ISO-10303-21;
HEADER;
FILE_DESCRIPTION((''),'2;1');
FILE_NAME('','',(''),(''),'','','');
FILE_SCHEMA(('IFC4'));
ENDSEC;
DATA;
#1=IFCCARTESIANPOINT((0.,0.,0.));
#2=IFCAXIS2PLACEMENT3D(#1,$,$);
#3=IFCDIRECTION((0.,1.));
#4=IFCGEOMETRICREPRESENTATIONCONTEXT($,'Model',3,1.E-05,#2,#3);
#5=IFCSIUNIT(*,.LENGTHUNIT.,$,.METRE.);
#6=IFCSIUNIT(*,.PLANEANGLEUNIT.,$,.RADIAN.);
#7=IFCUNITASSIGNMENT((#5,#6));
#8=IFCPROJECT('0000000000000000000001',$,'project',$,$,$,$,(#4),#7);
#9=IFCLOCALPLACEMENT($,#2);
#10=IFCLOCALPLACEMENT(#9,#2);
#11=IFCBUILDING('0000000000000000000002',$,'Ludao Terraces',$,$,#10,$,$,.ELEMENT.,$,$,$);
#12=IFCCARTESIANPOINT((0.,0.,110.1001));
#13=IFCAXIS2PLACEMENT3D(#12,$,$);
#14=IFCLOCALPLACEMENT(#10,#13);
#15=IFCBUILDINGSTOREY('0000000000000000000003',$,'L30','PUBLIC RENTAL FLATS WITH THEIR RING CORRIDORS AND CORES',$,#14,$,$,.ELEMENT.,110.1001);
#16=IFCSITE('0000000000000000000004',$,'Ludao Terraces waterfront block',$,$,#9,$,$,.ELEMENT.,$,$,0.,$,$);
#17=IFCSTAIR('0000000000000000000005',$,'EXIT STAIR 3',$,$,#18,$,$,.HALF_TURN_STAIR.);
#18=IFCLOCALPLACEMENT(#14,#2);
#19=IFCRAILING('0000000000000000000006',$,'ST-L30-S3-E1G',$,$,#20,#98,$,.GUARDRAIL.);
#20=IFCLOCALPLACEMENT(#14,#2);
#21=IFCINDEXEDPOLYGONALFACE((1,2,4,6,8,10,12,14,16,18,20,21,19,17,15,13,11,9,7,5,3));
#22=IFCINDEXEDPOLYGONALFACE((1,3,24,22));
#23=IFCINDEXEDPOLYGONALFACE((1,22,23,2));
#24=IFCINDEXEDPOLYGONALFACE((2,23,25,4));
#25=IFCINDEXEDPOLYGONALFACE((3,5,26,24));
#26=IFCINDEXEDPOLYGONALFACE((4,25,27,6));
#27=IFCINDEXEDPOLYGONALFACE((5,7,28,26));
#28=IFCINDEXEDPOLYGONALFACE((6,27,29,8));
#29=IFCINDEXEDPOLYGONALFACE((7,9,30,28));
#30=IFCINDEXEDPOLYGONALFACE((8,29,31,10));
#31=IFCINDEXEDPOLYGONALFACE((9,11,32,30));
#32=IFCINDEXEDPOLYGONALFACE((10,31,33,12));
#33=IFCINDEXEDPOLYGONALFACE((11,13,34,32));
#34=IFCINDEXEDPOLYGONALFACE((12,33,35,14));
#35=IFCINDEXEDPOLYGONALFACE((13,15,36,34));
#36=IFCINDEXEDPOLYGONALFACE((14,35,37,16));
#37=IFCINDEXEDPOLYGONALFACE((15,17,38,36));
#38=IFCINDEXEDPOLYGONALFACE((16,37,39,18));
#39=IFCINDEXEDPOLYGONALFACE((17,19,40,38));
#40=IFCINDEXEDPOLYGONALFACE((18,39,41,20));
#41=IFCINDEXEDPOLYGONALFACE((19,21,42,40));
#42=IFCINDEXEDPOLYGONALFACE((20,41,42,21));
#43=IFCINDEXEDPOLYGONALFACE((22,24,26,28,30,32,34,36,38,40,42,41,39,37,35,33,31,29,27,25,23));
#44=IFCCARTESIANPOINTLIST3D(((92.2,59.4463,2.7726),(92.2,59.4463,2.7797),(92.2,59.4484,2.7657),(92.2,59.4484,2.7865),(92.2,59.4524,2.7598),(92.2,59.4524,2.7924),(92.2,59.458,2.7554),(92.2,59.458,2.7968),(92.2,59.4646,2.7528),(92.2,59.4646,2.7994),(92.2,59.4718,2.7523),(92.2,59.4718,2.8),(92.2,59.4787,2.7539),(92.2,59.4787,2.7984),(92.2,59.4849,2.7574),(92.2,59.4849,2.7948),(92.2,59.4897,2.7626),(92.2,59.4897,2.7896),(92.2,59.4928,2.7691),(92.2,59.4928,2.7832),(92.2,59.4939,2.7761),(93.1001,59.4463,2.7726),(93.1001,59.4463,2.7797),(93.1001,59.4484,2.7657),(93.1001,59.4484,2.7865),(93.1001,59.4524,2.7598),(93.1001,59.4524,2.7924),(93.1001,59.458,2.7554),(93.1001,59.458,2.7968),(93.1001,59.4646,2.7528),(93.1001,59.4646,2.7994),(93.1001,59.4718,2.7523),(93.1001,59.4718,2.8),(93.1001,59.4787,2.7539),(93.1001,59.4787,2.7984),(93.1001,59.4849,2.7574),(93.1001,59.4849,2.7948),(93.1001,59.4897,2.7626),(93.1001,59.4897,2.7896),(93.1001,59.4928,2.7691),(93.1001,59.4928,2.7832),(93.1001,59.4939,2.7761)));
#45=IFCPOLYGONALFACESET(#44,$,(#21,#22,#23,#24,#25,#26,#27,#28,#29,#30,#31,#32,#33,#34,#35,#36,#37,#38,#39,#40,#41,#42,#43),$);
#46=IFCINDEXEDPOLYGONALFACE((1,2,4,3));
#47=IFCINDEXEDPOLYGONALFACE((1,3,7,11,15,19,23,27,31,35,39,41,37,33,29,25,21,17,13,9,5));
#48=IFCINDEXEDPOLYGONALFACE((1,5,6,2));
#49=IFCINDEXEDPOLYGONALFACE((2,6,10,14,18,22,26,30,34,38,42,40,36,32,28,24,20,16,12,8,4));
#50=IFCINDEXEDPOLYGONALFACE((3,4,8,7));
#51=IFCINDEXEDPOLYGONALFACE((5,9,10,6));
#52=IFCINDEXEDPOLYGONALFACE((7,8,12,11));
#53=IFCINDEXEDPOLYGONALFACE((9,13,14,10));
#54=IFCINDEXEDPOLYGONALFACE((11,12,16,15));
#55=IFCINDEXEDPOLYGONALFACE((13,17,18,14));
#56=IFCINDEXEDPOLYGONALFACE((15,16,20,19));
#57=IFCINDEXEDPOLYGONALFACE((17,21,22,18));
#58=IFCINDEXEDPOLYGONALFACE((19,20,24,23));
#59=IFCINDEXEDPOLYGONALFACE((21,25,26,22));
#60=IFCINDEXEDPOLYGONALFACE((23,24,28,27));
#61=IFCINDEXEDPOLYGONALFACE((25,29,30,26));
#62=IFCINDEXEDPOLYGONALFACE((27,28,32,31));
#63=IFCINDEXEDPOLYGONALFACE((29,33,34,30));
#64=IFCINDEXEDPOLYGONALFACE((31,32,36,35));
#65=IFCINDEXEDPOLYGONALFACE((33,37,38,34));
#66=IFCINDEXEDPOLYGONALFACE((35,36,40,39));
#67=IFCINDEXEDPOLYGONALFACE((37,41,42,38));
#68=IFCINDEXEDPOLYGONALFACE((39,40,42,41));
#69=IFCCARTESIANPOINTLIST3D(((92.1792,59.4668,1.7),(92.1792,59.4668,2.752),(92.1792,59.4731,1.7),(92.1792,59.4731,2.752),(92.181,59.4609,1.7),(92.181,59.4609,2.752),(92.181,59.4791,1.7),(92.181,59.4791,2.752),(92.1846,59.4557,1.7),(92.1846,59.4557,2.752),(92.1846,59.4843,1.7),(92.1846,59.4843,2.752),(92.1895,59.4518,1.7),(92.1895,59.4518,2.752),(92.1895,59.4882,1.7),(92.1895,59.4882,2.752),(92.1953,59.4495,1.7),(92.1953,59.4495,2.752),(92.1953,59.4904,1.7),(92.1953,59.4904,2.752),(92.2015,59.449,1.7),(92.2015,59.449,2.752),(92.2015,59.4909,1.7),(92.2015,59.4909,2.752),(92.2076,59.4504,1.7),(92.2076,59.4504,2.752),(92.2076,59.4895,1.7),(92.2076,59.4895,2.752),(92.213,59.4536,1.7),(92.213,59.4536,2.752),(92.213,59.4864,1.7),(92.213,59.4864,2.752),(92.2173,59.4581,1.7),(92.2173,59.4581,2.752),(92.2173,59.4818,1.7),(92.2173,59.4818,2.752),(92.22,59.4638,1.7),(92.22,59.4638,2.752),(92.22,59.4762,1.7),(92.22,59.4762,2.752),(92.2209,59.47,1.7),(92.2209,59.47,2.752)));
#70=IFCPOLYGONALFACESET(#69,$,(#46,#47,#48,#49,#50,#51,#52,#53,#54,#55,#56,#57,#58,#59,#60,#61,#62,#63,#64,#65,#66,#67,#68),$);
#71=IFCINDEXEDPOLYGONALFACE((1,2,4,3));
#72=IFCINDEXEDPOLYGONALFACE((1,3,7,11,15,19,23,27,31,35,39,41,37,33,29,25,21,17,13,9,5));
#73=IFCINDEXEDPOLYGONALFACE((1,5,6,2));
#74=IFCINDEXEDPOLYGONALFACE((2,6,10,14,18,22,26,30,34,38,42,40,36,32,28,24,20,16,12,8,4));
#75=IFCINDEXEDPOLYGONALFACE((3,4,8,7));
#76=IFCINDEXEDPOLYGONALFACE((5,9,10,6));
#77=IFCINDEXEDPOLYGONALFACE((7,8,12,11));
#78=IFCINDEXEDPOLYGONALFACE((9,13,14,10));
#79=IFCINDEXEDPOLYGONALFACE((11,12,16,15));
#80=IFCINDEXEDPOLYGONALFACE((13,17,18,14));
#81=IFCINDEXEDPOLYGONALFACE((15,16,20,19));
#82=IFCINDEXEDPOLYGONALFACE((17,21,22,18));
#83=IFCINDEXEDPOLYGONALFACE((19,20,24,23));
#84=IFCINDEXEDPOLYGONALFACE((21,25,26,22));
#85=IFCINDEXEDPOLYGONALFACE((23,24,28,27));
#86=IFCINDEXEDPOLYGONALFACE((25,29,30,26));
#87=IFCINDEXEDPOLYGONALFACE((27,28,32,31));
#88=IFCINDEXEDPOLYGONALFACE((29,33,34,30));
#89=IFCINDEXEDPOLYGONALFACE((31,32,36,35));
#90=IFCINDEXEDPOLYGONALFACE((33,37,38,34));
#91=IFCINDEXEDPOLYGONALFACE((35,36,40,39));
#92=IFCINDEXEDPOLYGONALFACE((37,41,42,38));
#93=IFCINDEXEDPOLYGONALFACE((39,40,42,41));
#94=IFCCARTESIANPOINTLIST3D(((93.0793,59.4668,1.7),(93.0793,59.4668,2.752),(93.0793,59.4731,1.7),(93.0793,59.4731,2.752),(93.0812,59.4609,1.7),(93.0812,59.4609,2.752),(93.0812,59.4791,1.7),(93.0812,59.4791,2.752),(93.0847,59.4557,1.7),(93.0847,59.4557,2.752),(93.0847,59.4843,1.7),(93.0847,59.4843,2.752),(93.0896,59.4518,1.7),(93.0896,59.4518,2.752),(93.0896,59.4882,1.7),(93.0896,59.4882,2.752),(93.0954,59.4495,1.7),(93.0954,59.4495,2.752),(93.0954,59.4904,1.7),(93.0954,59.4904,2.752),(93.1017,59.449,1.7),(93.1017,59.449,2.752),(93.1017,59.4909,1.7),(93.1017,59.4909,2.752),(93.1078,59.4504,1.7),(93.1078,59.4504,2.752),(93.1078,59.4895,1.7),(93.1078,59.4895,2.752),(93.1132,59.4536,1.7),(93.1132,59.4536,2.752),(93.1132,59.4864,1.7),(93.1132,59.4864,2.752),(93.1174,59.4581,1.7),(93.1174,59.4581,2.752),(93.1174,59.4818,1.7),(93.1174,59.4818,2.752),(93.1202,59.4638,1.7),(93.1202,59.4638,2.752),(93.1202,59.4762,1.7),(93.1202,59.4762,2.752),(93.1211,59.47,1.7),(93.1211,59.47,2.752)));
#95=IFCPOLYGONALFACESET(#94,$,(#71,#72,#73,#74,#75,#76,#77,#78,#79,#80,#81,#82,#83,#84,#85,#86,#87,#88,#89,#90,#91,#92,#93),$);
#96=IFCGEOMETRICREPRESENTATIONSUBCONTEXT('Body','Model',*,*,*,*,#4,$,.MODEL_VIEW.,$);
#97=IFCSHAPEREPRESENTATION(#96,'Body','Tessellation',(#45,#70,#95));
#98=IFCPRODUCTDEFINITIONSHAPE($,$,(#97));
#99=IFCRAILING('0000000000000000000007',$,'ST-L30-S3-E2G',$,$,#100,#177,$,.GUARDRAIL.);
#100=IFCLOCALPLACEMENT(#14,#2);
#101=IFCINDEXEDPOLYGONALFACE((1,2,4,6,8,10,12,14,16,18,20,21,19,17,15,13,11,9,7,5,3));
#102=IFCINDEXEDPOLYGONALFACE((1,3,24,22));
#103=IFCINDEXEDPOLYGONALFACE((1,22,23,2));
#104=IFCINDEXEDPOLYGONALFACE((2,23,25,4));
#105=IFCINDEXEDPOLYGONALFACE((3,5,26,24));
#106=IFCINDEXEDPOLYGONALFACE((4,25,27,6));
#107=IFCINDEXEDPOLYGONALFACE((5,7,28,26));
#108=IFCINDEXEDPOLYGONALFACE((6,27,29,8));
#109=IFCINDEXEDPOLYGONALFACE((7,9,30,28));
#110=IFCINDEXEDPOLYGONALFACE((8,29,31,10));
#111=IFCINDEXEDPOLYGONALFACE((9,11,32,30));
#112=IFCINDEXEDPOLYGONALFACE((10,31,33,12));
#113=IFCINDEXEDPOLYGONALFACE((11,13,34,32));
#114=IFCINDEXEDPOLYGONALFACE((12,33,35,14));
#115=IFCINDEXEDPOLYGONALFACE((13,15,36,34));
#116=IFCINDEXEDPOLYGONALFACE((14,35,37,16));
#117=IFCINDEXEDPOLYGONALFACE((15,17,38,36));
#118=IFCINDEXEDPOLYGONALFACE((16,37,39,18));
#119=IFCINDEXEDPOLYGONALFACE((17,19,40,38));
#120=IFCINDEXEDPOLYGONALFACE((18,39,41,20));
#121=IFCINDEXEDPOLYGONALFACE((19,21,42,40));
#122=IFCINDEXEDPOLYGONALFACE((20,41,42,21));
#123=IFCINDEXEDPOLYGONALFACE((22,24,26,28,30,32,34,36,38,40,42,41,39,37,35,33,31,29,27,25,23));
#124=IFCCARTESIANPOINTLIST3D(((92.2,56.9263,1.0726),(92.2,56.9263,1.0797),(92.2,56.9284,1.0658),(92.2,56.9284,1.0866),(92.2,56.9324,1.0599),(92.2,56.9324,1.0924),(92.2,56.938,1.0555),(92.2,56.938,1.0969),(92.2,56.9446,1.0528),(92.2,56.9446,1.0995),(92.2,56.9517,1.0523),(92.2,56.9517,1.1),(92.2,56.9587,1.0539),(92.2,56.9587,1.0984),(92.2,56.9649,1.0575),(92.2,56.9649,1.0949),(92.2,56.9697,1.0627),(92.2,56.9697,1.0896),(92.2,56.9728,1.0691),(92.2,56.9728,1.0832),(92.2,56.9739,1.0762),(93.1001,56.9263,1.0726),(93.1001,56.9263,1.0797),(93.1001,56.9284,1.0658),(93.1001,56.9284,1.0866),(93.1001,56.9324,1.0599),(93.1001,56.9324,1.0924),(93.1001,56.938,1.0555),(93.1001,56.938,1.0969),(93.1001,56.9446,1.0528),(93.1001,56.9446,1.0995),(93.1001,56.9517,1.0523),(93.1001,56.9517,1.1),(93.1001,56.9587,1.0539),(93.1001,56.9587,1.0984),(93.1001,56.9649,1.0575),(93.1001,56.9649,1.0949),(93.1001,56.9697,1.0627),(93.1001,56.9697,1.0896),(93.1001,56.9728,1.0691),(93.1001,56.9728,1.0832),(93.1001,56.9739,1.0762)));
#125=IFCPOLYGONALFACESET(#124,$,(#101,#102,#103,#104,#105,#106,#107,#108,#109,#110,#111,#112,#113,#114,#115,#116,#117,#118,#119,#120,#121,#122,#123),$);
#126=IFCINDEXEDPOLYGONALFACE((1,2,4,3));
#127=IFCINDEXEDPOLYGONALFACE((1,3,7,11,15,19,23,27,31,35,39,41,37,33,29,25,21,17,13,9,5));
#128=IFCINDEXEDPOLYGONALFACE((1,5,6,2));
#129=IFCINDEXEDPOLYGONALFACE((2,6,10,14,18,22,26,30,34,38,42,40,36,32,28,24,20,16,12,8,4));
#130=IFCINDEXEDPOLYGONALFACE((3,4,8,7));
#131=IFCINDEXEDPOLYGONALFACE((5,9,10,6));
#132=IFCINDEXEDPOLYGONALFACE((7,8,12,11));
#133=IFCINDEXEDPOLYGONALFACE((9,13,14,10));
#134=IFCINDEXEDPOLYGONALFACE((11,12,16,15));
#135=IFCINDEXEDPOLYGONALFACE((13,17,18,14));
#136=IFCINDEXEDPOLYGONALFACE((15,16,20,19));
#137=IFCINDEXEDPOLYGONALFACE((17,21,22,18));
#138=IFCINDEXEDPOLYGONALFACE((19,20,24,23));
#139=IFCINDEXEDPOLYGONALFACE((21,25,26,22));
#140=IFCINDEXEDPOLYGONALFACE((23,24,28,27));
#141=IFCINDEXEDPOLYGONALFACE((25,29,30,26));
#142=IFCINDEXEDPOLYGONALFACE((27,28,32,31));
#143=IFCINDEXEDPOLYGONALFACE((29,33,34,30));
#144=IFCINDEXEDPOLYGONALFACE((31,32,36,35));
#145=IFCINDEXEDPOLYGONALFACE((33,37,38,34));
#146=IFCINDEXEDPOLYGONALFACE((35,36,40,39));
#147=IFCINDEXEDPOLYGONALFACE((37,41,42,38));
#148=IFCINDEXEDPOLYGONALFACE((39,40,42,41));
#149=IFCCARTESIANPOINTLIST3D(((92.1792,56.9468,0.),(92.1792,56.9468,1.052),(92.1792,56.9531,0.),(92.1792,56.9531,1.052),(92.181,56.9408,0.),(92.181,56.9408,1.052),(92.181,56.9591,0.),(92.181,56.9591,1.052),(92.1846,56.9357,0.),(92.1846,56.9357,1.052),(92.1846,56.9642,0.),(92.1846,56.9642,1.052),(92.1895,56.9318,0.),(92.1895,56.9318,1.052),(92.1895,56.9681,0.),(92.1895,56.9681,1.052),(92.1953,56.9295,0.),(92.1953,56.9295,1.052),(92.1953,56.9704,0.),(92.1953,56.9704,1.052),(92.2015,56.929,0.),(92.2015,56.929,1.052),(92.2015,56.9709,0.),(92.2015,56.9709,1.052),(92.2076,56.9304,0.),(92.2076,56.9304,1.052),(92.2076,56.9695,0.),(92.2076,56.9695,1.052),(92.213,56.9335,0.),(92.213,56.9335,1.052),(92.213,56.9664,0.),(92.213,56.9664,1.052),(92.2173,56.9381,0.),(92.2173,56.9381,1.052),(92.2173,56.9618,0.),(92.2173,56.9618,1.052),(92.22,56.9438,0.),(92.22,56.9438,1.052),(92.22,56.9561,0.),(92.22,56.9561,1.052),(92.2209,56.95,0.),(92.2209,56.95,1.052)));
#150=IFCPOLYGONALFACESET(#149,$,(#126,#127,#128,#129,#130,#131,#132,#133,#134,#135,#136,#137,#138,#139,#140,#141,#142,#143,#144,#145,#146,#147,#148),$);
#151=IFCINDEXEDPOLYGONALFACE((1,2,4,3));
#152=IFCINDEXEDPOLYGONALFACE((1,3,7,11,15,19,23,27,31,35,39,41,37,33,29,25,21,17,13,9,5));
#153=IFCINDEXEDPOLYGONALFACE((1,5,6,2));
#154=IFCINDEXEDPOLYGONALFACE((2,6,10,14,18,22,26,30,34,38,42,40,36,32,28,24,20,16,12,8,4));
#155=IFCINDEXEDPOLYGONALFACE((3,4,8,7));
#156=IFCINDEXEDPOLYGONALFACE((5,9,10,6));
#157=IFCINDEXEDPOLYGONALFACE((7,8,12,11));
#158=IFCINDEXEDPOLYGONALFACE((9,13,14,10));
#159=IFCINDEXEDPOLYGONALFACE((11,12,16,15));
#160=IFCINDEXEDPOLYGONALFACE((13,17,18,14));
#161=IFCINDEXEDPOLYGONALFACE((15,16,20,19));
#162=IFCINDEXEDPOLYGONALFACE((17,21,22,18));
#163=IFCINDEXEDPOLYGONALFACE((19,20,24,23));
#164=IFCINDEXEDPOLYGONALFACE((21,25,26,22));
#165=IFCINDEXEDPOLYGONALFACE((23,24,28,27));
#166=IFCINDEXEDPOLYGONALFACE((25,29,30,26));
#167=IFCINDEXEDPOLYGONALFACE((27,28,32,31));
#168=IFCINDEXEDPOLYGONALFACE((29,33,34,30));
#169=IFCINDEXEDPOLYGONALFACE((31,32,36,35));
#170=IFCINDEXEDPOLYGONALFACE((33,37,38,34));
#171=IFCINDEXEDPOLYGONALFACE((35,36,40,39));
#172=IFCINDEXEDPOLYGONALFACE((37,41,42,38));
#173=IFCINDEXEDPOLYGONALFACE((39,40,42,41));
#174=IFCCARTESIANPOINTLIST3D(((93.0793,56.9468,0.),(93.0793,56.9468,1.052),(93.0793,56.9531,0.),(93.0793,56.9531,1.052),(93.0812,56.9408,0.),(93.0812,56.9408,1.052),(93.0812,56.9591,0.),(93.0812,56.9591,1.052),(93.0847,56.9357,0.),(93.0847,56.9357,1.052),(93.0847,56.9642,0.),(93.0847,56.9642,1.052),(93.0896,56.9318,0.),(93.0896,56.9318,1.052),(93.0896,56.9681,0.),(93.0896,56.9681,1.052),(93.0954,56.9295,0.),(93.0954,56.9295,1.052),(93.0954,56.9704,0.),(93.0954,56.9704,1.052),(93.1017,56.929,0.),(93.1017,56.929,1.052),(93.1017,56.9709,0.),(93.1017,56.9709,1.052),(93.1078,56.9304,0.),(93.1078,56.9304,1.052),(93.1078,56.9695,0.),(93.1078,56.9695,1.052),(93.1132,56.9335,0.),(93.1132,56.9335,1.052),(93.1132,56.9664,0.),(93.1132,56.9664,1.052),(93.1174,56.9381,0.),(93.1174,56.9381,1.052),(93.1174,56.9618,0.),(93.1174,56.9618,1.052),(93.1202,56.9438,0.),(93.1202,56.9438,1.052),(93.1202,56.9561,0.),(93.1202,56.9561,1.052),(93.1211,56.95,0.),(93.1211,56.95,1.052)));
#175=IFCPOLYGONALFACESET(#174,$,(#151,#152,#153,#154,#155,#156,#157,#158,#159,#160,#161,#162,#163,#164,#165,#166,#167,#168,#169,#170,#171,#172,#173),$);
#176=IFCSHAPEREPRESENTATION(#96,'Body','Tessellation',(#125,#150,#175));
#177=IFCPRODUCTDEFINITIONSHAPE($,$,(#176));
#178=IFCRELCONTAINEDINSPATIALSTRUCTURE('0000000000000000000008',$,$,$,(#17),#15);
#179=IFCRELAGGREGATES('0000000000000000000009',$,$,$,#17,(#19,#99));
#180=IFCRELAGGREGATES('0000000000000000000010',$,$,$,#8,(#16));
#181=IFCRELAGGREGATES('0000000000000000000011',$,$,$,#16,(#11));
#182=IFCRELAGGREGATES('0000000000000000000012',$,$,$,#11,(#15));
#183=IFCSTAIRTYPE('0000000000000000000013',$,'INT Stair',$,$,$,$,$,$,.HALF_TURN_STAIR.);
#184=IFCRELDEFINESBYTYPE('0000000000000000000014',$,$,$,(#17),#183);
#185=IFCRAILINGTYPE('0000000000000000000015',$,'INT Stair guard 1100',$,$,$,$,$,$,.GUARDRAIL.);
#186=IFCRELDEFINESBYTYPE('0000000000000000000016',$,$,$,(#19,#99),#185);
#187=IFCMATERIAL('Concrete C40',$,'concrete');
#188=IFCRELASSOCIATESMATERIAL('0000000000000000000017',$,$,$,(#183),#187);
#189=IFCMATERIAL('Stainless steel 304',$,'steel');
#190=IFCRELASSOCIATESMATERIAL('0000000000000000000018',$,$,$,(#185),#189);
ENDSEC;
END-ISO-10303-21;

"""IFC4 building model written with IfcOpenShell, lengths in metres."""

from ifc_helpers import new_model, si_unit, direction, frame, origin, origin_2d, place, context, subcontext, project, spatial, circle, extrude, material, type_object, element, aggregate, save


model = new_model("IFC4")

# Units and contexts
model_context = context("Model", 3, precision=1e-05, world=origin(), true_north=direction((0.0, 1.0)))
body_context = subcontext(model_context, "Body", "Model", "MODEL_VIEW")
ifc_project = project(units=[si_unit("LENGTHUNIT", "METRE"), si_unit("PLANEANGLEUNIT", "RADIAN")], contexts=[model_context])

# Site, building, storey
site_placement = place(None, origin())
site = spatial("IfcSite", under=ifc_project, at=site_placement, Name="Ludao Terraces waterfront block", CompositionType="ELEMENT", RefElevation=0.0)
building_placement = place(site_placement, origin())
building = spatial("IfcBuilding", under=site, at=building_placement, Name="Ludao Terraces", CompositionType="ELEMENT")
storey_placement = place(building_placement, frame((0.0, 0.0, 110.1001)))
storey = spatial("IfcBuildingStorey", under=building, at=storey_placement, Name="L30", Description="PUBLIC RENTAL FLATS WITH THEIR RING CORRIDORS AND CORES", CompositionType="ELEMENT", Elevation=110.1001)

# Shared definitions
ifc_material_1 = material(Name="Concrete C40", Category="concrete")

# Stair, railings
stair_type = type_object("IfcStairType", Name="INT Stair", PredefinedType="HALF_TURN_STAIR", material=ifc_material_1)
stair_placement = place(storey_placement, origin())
stair = element("IfcStair", 1, at=stair_placement, inside=storey, type_object=stair_type, Name="EXIT STAIR 3", PredefinedType="HALF_TURN_STAIR")
ifc_material_2 = material(Name="Stainless steel 304", Category="steel")
railing_type_1 = type_object("IfcRailingType", Name="INT Stair guard 1100", PredefinedType="GUARDRAIL", material=ifc_material_2)
railing_1_placement = place(storey_placement, frame((92.2, 59.47, 1.7)))
railing_1 = element("IfcRailing", 2, at=railing_1_placement, type_object=railing_type_1, Name="ST-L30-S3-E1G", PredefinedType="GUARDRAIL", context=body_context, shape_type="SweptSolid", body=[
    extrude(circle(Radius=0.0239, at=origin_2d()), frame((0.0, 0.0, 1.0762), z_axis=(1.0, 0.0, 0.0), x_axis=(0.0, 1.0, 0.0)), (0.0, 0.0, 1.0), 0.9001),
    extrude(circle(Radius=0.021, at=origin_2d()), origin(), (0.0, 0.0, 1.0), 1.052),
    extrude(circle(Radius=0.021, at=origin_2d()), frame((0.9001, 0.0, 0.0)), (0.0, 0.0, 1.0), 1.052),
])
railing_2_placement = place(storey_placement, frame((92.2, 56.95, 0.0)))
railing_2 = element("IfcRailing", 3, at=railing_2_placement, type_object=railing_type_1, Name="ST-L30-S3-E2G", PredefinedType="GUARDRAIL", context=body_context, shape_type="SweptSolid", body=[
    extrude(circle(Radius=0.0239, at=origin_2d()), frame((0.0, 0.0, 1.0762), z_axis=(1.0, 0.0, 0.0), x_axis=(0.0, 1.0, 0.0)), (0.0, 0.0, 1.0), 0.9001),
    extrude(circle(Radius=0.021, at=origin_2d()), origin(), (0.0, 0.0, 1.0), 1.052),
    extrude(circle(Radius=0.021, at=origin_2d()), frame((0.9001, 0.0, 0.0)), (0.0, 0.0, 1.0), 1.052),
])
aggregate(stair, [railing_1, railing_2])

save(model, "model.ifc")
